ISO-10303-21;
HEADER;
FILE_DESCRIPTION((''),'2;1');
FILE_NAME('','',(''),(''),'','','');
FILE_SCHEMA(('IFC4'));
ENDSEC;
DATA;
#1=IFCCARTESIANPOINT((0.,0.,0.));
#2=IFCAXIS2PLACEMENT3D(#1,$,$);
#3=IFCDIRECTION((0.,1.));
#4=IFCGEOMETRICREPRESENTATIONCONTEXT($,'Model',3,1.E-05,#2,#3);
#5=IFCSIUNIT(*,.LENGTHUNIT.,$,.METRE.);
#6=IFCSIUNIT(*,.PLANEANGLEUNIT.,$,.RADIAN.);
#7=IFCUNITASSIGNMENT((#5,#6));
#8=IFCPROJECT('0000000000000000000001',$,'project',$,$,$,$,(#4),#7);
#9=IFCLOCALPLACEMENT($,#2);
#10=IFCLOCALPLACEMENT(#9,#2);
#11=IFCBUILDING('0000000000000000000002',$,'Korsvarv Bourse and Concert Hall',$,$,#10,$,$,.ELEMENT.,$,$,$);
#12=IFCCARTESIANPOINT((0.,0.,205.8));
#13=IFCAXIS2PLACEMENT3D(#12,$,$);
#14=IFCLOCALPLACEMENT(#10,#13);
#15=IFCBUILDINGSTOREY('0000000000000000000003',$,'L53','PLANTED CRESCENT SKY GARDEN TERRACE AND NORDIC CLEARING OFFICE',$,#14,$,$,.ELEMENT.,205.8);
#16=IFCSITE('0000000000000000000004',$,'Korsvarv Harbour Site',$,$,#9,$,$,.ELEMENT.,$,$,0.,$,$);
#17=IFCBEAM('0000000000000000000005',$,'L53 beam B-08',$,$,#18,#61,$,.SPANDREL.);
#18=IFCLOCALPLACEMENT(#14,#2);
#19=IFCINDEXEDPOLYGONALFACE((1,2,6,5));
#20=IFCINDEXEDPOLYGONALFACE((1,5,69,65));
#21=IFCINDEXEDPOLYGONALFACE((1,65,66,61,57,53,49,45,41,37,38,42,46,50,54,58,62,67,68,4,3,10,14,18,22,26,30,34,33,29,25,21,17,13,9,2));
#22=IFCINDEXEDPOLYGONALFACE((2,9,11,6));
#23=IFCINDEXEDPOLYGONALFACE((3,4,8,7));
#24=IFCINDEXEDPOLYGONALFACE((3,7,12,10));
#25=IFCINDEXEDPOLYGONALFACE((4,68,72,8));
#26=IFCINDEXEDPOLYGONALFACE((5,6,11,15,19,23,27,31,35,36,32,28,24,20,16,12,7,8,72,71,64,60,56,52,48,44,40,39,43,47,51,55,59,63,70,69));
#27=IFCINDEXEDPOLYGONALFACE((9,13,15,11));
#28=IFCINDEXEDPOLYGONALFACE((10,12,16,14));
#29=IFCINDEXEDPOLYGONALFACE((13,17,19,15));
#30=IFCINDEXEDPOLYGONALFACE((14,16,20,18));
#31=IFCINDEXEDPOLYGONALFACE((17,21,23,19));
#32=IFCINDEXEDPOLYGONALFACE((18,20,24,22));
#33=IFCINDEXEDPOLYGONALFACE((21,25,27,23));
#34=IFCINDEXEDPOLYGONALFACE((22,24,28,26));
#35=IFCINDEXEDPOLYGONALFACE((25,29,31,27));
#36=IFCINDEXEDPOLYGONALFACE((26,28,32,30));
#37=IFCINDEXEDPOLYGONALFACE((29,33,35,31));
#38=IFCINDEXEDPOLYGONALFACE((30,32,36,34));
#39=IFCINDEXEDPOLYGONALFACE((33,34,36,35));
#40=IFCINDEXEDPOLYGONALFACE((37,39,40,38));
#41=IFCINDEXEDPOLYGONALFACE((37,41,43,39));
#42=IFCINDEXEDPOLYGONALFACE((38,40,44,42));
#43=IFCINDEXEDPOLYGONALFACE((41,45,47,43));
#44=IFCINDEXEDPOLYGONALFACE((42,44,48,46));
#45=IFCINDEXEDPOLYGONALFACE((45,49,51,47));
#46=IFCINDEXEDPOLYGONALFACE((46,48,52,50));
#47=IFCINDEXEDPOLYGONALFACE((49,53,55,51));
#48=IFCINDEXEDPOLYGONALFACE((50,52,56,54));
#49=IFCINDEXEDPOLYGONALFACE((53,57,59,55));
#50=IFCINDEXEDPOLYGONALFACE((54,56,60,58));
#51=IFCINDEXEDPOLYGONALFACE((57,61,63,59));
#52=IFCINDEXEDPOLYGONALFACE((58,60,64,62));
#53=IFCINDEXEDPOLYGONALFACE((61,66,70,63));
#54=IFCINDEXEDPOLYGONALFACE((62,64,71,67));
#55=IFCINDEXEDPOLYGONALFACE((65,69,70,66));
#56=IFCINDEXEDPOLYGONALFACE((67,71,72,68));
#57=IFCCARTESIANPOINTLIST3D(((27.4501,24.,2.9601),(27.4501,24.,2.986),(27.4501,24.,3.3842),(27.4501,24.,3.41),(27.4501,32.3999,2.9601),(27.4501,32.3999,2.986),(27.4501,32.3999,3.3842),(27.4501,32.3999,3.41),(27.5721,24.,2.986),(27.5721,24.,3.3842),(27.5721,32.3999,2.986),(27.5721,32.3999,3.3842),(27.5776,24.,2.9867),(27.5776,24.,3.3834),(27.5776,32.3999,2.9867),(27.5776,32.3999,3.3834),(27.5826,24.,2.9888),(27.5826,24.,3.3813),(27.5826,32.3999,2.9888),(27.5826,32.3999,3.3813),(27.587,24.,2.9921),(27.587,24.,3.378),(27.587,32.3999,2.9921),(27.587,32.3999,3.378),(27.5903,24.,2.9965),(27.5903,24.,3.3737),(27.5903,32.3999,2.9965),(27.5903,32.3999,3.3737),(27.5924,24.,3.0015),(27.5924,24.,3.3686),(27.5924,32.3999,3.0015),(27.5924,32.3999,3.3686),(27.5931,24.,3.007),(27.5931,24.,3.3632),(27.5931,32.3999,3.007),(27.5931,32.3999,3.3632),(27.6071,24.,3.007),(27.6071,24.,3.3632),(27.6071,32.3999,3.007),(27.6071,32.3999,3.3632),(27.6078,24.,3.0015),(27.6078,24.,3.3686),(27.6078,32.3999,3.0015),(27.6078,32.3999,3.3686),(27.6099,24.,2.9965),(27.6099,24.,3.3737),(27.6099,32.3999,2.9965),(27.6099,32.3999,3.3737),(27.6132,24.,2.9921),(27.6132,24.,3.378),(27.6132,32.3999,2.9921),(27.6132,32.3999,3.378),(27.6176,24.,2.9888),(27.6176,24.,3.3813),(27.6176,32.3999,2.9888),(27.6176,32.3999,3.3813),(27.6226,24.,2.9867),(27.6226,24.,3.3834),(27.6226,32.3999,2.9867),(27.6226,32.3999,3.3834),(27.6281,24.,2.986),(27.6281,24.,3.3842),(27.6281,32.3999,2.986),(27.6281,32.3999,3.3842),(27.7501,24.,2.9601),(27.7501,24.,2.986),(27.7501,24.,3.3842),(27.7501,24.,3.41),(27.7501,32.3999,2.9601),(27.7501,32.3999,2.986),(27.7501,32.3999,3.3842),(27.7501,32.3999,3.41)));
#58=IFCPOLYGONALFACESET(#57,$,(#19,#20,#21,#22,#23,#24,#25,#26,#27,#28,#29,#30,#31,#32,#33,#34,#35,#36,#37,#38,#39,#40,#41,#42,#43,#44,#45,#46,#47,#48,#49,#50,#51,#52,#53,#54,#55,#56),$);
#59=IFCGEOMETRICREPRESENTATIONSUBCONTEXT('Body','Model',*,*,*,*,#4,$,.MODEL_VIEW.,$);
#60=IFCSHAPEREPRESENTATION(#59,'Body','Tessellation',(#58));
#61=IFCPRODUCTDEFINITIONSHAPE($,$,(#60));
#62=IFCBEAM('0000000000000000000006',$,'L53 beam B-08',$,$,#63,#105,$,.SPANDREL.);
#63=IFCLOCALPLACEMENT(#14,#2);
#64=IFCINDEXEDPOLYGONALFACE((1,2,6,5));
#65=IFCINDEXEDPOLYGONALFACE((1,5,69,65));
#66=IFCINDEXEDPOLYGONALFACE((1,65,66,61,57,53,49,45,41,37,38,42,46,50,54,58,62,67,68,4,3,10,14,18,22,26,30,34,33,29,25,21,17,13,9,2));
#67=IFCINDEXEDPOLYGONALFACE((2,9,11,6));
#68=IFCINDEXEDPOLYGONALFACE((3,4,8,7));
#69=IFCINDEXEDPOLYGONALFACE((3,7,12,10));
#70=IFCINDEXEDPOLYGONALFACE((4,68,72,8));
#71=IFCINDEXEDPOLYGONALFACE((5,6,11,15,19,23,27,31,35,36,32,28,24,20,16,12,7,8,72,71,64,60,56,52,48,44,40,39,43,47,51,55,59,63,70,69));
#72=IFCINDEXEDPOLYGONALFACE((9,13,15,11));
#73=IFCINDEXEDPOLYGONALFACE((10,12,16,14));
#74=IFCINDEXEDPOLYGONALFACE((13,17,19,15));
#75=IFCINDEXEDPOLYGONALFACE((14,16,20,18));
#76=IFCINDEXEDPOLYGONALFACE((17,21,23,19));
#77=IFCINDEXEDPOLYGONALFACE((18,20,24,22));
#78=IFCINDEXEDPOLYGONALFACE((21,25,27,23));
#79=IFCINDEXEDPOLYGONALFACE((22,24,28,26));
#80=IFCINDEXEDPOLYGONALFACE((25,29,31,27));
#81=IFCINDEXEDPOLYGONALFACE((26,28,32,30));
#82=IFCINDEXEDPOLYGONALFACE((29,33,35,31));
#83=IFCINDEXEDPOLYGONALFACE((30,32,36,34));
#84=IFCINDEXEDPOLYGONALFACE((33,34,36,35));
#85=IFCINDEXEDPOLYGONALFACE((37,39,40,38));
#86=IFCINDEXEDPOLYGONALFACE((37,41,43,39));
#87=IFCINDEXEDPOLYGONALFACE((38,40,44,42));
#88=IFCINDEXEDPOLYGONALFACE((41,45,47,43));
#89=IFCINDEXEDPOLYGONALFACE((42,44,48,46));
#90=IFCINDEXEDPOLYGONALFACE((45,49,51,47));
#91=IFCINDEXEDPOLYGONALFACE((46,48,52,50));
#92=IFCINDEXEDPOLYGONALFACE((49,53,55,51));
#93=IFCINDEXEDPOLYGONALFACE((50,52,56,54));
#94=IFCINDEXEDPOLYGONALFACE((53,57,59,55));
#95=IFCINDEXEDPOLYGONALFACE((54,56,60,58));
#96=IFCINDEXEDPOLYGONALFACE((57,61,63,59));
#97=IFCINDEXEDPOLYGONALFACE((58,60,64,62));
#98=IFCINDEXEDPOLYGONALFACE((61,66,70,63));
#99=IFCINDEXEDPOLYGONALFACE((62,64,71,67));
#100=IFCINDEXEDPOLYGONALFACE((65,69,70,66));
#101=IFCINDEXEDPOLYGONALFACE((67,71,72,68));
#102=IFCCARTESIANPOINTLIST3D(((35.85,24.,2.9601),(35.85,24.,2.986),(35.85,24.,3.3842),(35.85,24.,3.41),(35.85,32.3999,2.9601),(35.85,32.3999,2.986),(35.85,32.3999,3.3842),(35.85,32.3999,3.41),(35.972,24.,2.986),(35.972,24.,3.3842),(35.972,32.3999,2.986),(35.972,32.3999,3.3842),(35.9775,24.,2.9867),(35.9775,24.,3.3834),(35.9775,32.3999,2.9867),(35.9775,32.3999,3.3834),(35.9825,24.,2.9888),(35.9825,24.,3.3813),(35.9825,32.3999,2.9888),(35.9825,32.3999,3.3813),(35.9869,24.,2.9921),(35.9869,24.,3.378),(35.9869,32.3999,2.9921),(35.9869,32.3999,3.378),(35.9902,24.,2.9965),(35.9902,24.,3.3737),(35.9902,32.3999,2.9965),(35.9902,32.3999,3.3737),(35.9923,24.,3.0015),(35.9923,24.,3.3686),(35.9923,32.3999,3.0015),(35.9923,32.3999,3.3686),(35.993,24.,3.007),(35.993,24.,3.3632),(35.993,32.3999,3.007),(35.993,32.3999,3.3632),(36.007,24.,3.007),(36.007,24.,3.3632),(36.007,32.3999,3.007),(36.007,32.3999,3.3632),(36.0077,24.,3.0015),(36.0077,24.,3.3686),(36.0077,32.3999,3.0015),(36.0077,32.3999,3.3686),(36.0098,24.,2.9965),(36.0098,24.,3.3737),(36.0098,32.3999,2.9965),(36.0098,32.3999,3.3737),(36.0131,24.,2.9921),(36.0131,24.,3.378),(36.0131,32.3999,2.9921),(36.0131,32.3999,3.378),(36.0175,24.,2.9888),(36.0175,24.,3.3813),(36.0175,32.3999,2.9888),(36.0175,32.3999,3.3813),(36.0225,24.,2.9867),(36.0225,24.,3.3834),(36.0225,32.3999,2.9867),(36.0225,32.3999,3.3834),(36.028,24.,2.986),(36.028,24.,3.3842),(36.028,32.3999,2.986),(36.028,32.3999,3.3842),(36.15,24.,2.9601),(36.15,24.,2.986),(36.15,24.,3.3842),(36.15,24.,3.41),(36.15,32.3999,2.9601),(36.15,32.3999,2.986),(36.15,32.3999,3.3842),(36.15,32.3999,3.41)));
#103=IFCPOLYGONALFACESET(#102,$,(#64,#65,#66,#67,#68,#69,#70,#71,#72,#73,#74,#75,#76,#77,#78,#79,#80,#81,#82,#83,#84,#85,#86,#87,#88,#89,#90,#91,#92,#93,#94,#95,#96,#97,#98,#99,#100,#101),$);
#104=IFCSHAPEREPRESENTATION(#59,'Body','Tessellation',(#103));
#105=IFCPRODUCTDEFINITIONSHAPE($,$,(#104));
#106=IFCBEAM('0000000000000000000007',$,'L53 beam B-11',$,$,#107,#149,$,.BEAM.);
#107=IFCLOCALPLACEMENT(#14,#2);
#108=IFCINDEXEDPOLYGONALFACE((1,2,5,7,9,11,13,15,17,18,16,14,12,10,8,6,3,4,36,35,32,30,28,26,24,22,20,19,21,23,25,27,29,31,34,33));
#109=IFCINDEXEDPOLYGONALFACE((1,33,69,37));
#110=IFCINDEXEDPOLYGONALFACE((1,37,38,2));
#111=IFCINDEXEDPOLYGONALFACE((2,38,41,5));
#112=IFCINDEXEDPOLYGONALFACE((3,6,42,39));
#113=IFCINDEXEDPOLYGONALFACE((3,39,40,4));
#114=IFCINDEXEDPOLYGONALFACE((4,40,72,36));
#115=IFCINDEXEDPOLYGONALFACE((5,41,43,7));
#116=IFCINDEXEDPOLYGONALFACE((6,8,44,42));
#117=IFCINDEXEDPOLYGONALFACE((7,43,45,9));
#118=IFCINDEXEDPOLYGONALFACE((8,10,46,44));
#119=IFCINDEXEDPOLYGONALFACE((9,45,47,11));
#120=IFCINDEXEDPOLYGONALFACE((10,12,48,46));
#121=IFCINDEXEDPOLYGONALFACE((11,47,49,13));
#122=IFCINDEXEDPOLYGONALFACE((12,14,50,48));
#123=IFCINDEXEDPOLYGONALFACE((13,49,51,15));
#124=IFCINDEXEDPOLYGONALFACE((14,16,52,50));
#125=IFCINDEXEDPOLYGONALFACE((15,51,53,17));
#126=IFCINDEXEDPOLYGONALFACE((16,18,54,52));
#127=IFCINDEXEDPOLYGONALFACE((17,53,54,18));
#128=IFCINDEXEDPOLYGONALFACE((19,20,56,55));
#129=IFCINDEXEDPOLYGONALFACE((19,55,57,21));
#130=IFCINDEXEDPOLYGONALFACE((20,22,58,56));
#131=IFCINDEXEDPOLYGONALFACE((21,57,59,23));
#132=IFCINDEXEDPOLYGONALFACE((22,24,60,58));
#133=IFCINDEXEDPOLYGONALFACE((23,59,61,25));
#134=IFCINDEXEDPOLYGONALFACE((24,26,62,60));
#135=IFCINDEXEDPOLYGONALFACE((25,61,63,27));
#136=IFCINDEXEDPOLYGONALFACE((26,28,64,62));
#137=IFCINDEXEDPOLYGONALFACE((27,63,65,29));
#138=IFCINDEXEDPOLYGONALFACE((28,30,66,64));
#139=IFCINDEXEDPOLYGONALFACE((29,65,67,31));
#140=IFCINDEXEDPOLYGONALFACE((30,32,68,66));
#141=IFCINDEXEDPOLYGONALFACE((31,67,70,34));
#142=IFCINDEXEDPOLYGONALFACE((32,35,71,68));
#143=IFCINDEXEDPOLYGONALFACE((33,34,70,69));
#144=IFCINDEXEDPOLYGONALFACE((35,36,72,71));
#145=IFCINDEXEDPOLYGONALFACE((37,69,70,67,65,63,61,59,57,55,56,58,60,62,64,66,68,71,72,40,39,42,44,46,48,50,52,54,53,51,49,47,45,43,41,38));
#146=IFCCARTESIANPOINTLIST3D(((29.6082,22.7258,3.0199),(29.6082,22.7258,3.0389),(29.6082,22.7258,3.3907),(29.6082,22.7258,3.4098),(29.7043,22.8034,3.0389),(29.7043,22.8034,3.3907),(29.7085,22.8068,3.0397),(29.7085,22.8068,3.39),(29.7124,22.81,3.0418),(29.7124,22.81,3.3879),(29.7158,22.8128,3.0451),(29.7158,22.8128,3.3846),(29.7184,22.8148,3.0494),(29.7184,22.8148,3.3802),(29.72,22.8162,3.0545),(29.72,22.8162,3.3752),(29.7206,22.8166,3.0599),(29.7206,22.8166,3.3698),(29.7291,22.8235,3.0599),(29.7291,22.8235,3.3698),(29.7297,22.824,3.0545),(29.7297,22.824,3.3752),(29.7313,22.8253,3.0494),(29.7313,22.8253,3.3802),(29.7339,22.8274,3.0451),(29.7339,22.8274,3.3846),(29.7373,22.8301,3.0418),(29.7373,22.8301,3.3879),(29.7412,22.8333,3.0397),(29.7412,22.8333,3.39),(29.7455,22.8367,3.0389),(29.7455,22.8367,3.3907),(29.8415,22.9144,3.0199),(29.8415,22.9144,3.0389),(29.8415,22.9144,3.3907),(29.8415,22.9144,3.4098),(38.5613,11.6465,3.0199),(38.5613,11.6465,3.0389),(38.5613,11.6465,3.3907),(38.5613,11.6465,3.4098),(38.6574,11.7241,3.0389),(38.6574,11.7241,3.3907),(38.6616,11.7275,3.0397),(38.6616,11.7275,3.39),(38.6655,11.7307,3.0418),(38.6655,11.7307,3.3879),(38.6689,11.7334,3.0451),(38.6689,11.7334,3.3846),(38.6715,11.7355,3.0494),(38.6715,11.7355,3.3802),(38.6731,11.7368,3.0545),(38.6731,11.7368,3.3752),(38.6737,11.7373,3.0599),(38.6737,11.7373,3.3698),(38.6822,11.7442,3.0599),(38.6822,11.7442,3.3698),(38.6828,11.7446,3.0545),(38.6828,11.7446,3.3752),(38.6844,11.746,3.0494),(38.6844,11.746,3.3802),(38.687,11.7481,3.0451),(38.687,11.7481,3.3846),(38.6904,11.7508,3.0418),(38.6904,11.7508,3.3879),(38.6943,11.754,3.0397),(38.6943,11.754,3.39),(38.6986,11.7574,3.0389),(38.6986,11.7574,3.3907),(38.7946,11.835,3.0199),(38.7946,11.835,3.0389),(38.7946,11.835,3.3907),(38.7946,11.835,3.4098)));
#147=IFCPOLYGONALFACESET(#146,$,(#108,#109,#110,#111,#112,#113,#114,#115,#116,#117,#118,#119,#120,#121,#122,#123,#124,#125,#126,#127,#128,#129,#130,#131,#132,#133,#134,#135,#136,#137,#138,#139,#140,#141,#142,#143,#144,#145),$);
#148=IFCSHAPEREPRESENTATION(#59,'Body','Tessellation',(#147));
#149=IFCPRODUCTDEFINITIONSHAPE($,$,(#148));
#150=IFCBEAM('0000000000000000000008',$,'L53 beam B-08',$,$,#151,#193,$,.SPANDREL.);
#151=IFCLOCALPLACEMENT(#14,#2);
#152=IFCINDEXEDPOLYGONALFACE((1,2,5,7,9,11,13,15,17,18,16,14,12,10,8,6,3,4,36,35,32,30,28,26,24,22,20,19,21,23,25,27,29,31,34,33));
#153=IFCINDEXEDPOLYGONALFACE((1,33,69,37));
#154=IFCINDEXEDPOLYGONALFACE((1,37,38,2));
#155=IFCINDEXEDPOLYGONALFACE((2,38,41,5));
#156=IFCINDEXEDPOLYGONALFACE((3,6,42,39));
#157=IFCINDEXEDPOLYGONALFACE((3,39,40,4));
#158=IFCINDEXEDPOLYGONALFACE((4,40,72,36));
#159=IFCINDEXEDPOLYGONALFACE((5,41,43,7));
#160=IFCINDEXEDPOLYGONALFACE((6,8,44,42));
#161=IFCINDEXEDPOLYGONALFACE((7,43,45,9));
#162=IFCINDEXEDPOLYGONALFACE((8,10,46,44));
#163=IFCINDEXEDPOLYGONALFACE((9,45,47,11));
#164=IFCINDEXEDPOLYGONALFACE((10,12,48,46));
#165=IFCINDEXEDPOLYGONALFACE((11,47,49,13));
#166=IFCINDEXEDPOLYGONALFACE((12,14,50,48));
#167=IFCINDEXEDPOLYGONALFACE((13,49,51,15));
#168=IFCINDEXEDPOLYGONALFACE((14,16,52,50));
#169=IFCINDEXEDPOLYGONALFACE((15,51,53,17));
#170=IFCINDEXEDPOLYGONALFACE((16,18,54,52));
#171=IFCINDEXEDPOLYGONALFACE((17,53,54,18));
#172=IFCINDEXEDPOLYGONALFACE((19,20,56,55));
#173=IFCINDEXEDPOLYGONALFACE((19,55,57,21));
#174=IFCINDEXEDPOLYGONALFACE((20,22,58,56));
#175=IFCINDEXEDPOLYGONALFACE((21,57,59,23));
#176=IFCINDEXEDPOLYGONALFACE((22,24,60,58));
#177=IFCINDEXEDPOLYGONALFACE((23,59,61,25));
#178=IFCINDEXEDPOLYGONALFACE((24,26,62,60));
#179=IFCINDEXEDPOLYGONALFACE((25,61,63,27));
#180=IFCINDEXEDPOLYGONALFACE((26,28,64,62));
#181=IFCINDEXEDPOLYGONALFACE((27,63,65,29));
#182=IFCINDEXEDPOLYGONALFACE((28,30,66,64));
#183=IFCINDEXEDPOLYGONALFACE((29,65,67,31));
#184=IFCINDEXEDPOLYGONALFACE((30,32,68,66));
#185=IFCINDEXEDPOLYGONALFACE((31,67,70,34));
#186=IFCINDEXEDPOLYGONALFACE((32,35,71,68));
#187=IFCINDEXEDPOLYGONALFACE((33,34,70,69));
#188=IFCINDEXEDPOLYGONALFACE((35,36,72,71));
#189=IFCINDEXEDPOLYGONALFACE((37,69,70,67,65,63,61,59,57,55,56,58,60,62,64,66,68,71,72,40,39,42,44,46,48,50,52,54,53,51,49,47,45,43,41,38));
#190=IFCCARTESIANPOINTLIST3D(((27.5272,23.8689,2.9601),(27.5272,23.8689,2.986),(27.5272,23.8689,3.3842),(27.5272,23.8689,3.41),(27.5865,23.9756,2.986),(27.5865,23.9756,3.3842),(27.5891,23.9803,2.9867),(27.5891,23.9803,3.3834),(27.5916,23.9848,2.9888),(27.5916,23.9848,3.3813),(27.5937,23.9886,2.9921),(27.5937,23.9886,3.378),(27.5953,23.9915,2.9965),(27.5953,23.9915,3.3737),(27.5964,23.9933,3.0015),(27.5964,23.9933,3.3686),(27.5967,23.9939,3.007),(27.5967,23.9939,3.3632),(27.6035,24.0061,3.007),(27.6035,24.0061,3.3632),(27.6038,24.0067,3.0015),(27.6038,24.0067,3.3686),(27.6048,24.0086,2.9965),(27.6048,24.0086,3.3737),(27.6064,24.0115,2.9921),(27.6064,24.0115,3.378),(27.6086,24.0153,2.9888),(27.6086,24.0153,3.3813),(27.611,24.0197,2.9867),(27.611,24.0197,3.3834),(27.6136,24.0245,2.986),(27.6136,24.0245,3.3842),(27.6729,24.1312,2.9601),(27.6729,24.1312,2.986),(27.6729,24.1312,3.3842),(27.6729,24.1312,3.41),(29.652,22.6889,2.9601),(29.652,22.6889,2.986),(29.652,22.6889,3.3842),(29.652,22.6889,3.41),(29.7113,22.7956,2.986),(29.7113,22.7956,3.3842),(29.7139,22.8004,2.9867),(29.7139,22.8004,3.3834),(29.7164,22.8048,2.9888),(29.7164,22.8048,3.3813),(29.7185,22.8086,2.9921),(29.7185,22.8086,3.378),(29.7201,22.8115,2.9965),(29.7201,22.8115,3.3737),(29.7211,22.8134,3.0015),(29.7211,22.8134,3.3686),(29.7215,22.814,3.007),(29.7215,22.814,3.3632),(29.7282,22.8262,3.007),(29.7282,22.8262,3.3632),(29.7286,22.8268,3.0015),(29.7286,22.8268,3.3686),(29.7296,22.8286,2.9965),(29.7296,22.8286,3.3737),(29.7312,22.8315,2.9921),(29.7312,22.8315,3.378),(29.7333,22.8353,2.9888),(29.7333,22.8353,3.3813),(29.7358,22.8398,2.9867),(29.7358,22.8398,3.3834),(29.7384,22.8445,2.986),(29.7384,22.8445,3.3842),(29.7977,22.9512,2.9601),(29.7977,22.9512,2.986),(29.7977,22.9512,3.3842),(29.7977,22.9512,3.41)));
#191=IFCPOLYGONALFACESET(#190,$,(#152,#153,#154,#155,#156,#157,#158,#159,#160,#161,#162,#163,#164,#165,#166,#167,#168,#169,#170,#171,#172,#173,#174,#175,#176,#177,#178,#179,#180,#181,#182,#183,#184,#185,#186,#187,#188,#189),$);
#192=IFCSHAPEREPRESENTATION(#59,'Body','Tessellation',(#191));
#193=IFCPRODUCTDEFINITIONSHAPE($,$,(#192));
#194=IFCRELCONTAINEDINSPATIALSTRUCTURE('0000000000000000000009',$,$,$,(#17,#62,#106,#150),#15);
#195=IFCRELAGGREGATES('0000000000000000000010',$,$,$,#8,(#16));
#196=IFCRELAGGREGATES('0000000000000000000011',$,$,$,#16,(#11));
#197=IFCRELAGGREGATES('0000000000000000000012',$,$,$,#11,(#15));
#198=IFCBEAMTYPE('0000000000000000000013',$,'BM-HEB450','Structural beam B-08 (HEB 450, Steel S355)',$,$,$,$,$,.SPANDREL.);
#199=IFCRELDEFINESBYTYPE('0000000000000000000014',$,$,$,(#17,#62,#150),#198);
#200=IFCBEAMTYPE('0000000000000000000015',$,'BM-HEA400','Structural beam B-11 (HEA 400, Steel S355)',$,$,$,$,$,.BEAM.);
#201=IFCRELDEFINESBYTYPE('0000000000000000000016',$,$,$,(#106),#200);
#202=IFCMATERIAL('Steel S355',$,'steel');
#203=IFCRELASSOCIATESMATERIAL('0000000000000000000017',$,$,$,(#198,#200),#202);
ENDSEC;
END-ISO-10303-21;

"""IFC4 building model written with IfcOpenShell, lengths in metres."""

from ifc_helpers import new_model, si_unit, direction, frame, origin, origin_2d, place, context, subcontext, project, spatial, i_section, extrude, source, transform, mapped, material, material_profile, profile_set, type_object, element, save


model = new_model("IFC4")

# Units and contexts
model_context = context("Model", 3, precision=1e-05, world=origin(), true_north=direction((0.0, 1.0)))
body_context = subcontext(model_context, "Body", "Model", "MODEL_VIEW")
ifc_project = project(units=[si_unit("LENGTHUNIT", "METRE"), si_unit("PLANEANGLEUNIT", "RADIAN")], contexts=[model_context])

# Site, building, storey
site_placement = place(None, origin())
site = spatial("IfcSite", under=ifc_project, at=site_placement, Name="Korsvarv Harbour Site", CompositionType="ELEMENT", RefElevation=0.0)
building_placement = place(site_placement, origin())
building = spatial("IfcBuilding", under=site, at=building_placement, Name="Korsvarv Bourse and Concert Hall", CompositionType="ELEMENT")
storey_placement = place(building_placement, frame((0.0, 0.0, 205.8)))
storey = spatial("IfcBuildingStorey", under=building, at=storey_placement, Name="L53", Description="PLANTED CRESCENT SKY GARDEN TERRACE AND NORDIC CLEARING OFFICE", CompositionType="ELEMENT", Elevation=205.8)

# Shared definitions
ifc_material_1 = material(Name="Steel S355", Category="steel")

# Beams
ifc_material_profile_1 = material_profile(ifc_material_1, i_section(OverallWidth=0.3, OverallDepth=0.45, WebThickness=0.0139, FlangeThickness=0.0259, FilletRadius=0.021, at=origin_2d()), Name="HEB 450")
ifc_profile_set_1 = profile_set([ifc_material_profile_1], Name="Steel S355")
beam_type_1 = type_object("IfcBeamType", Name="BM-HEB450", Description="Structural beam B-08 (HEB 450, Steel S355)", PredefinedType="SPANDREL", material=ifc_profile_set_1)
shared_shape_1 = source(origin(), body_context, "Body", "SweptSolid", [
    extrude(i_section(OverallWidth=0.3, OverallDepth=0.45, WebThickness=0.0139, FlangeThickness=0.0259, FilletRadius=0.021, at=origin_2d()), origin(), (0.0, 0.0, 1.0), 8.3999),
])
for number, where, z_axis, x_axis, name in (
    (1, (27.6001, 24.0, 3.1851), (0.0, 1.0, 0.0), (-1.0, 0.0, 0.0), "L53 beam B-08"),
    (2, (36.0, 24.0, 3.1851), (0.0, 1.0, 0.0), (-1.0, 0.0, 0.0), "L53 beam B-08"),
):
    element("IfcBeam", number, at=place(storey_placement, frame(where, z_axis=z_axis, x_axis=x_axis)), inside=storey, type_object=beam_type_1, Name=name, PredefinedType="SPANDREL", context=body_context, shape_type="MappedRepresentation", body=[
        mapped(shared_shape_1, transform((0.0, 0.0, 0.0), scale=1.0)),
    ])
ifc_material_profile_2 = material_profile(ifc_material_1, i_section(OverallWidth=0.3, OverallDepth=0.3899, WebThickness=0.011, FlangeThickness=0.019, FilletRadius=0.021, at=origin_2d()), Name="HEA 400")
ifc_profile_set_2 = profile_set([ifc_material_profile_2], Name="Steel S355")
beam_type_2 = type_object("IfcBeamType", Name="BM-HEA400", Description="Structural beam B-11 (HEA 400, Steel S355)", PredefinedType="BEAM", material=ifc_profile_set_2)
shared_shape_2 = source(origin(), body_context, "Body", "SweptSolid", [
    extrude(i_section(OverallWidth=0.3, OverallDepth=0.3899, WebThickness=0.011, FlangeThickness=0.019, FilletRadius=0.021, at=origin_2d()), origin(), (0.0, 0.0, 1.0), 14.2446),
])
beam_1_placement = place(storey_placement, frame((29.7249, 22.8201, 3.2148), z_axis=(0.628525, -0.777789, 0.0), x_axis=(0.777789, 0.628525, 0.0)))
element("IfcBeam", 3, at=beam_1_placement, inside=storey, type_object=beam_type_2, Name="L53 beam B-11", PredefinedType="BEAM", context=body_context, shape_type="MappedRepresentation", body=[
    mapped(shared_shape_2, transform((0.0, 0.0, 0.0), scale=1.0)),
])
shared_shape_3 = source(origin(), body_context, "Body", "SweptSolid", [
    extrude(i_section(OverallWidth=0.3, OverallDepth=0.45, WebThickness=0.0139, FlangeThickness=0.0259, FilletRadius=0.021, at=origin_2d()), origin(), (0.0, 0.0, 1.0), 2.4304),
])
beam_2_placement = place(storey_placement, frame((29.7249, 22.8201, 3.1851), z_axis=(-0.874243, 0.485489, 0.0), x_axis=(-0.485489, -0.874243, 0.0)))
element("IfcBeam", 4, at=beam_2_placement, inside=storey, type_object=beam_type_1, Name="L53 beam B-08", PredefinedType="SPANDREL", context=body_context, shape_type="MappedRepresentation", body=[
    mapped(shared_shape_3, transform((0.0, 0.0, 0.0), scale=1.0)),
])

save(model, "model.ifc")
